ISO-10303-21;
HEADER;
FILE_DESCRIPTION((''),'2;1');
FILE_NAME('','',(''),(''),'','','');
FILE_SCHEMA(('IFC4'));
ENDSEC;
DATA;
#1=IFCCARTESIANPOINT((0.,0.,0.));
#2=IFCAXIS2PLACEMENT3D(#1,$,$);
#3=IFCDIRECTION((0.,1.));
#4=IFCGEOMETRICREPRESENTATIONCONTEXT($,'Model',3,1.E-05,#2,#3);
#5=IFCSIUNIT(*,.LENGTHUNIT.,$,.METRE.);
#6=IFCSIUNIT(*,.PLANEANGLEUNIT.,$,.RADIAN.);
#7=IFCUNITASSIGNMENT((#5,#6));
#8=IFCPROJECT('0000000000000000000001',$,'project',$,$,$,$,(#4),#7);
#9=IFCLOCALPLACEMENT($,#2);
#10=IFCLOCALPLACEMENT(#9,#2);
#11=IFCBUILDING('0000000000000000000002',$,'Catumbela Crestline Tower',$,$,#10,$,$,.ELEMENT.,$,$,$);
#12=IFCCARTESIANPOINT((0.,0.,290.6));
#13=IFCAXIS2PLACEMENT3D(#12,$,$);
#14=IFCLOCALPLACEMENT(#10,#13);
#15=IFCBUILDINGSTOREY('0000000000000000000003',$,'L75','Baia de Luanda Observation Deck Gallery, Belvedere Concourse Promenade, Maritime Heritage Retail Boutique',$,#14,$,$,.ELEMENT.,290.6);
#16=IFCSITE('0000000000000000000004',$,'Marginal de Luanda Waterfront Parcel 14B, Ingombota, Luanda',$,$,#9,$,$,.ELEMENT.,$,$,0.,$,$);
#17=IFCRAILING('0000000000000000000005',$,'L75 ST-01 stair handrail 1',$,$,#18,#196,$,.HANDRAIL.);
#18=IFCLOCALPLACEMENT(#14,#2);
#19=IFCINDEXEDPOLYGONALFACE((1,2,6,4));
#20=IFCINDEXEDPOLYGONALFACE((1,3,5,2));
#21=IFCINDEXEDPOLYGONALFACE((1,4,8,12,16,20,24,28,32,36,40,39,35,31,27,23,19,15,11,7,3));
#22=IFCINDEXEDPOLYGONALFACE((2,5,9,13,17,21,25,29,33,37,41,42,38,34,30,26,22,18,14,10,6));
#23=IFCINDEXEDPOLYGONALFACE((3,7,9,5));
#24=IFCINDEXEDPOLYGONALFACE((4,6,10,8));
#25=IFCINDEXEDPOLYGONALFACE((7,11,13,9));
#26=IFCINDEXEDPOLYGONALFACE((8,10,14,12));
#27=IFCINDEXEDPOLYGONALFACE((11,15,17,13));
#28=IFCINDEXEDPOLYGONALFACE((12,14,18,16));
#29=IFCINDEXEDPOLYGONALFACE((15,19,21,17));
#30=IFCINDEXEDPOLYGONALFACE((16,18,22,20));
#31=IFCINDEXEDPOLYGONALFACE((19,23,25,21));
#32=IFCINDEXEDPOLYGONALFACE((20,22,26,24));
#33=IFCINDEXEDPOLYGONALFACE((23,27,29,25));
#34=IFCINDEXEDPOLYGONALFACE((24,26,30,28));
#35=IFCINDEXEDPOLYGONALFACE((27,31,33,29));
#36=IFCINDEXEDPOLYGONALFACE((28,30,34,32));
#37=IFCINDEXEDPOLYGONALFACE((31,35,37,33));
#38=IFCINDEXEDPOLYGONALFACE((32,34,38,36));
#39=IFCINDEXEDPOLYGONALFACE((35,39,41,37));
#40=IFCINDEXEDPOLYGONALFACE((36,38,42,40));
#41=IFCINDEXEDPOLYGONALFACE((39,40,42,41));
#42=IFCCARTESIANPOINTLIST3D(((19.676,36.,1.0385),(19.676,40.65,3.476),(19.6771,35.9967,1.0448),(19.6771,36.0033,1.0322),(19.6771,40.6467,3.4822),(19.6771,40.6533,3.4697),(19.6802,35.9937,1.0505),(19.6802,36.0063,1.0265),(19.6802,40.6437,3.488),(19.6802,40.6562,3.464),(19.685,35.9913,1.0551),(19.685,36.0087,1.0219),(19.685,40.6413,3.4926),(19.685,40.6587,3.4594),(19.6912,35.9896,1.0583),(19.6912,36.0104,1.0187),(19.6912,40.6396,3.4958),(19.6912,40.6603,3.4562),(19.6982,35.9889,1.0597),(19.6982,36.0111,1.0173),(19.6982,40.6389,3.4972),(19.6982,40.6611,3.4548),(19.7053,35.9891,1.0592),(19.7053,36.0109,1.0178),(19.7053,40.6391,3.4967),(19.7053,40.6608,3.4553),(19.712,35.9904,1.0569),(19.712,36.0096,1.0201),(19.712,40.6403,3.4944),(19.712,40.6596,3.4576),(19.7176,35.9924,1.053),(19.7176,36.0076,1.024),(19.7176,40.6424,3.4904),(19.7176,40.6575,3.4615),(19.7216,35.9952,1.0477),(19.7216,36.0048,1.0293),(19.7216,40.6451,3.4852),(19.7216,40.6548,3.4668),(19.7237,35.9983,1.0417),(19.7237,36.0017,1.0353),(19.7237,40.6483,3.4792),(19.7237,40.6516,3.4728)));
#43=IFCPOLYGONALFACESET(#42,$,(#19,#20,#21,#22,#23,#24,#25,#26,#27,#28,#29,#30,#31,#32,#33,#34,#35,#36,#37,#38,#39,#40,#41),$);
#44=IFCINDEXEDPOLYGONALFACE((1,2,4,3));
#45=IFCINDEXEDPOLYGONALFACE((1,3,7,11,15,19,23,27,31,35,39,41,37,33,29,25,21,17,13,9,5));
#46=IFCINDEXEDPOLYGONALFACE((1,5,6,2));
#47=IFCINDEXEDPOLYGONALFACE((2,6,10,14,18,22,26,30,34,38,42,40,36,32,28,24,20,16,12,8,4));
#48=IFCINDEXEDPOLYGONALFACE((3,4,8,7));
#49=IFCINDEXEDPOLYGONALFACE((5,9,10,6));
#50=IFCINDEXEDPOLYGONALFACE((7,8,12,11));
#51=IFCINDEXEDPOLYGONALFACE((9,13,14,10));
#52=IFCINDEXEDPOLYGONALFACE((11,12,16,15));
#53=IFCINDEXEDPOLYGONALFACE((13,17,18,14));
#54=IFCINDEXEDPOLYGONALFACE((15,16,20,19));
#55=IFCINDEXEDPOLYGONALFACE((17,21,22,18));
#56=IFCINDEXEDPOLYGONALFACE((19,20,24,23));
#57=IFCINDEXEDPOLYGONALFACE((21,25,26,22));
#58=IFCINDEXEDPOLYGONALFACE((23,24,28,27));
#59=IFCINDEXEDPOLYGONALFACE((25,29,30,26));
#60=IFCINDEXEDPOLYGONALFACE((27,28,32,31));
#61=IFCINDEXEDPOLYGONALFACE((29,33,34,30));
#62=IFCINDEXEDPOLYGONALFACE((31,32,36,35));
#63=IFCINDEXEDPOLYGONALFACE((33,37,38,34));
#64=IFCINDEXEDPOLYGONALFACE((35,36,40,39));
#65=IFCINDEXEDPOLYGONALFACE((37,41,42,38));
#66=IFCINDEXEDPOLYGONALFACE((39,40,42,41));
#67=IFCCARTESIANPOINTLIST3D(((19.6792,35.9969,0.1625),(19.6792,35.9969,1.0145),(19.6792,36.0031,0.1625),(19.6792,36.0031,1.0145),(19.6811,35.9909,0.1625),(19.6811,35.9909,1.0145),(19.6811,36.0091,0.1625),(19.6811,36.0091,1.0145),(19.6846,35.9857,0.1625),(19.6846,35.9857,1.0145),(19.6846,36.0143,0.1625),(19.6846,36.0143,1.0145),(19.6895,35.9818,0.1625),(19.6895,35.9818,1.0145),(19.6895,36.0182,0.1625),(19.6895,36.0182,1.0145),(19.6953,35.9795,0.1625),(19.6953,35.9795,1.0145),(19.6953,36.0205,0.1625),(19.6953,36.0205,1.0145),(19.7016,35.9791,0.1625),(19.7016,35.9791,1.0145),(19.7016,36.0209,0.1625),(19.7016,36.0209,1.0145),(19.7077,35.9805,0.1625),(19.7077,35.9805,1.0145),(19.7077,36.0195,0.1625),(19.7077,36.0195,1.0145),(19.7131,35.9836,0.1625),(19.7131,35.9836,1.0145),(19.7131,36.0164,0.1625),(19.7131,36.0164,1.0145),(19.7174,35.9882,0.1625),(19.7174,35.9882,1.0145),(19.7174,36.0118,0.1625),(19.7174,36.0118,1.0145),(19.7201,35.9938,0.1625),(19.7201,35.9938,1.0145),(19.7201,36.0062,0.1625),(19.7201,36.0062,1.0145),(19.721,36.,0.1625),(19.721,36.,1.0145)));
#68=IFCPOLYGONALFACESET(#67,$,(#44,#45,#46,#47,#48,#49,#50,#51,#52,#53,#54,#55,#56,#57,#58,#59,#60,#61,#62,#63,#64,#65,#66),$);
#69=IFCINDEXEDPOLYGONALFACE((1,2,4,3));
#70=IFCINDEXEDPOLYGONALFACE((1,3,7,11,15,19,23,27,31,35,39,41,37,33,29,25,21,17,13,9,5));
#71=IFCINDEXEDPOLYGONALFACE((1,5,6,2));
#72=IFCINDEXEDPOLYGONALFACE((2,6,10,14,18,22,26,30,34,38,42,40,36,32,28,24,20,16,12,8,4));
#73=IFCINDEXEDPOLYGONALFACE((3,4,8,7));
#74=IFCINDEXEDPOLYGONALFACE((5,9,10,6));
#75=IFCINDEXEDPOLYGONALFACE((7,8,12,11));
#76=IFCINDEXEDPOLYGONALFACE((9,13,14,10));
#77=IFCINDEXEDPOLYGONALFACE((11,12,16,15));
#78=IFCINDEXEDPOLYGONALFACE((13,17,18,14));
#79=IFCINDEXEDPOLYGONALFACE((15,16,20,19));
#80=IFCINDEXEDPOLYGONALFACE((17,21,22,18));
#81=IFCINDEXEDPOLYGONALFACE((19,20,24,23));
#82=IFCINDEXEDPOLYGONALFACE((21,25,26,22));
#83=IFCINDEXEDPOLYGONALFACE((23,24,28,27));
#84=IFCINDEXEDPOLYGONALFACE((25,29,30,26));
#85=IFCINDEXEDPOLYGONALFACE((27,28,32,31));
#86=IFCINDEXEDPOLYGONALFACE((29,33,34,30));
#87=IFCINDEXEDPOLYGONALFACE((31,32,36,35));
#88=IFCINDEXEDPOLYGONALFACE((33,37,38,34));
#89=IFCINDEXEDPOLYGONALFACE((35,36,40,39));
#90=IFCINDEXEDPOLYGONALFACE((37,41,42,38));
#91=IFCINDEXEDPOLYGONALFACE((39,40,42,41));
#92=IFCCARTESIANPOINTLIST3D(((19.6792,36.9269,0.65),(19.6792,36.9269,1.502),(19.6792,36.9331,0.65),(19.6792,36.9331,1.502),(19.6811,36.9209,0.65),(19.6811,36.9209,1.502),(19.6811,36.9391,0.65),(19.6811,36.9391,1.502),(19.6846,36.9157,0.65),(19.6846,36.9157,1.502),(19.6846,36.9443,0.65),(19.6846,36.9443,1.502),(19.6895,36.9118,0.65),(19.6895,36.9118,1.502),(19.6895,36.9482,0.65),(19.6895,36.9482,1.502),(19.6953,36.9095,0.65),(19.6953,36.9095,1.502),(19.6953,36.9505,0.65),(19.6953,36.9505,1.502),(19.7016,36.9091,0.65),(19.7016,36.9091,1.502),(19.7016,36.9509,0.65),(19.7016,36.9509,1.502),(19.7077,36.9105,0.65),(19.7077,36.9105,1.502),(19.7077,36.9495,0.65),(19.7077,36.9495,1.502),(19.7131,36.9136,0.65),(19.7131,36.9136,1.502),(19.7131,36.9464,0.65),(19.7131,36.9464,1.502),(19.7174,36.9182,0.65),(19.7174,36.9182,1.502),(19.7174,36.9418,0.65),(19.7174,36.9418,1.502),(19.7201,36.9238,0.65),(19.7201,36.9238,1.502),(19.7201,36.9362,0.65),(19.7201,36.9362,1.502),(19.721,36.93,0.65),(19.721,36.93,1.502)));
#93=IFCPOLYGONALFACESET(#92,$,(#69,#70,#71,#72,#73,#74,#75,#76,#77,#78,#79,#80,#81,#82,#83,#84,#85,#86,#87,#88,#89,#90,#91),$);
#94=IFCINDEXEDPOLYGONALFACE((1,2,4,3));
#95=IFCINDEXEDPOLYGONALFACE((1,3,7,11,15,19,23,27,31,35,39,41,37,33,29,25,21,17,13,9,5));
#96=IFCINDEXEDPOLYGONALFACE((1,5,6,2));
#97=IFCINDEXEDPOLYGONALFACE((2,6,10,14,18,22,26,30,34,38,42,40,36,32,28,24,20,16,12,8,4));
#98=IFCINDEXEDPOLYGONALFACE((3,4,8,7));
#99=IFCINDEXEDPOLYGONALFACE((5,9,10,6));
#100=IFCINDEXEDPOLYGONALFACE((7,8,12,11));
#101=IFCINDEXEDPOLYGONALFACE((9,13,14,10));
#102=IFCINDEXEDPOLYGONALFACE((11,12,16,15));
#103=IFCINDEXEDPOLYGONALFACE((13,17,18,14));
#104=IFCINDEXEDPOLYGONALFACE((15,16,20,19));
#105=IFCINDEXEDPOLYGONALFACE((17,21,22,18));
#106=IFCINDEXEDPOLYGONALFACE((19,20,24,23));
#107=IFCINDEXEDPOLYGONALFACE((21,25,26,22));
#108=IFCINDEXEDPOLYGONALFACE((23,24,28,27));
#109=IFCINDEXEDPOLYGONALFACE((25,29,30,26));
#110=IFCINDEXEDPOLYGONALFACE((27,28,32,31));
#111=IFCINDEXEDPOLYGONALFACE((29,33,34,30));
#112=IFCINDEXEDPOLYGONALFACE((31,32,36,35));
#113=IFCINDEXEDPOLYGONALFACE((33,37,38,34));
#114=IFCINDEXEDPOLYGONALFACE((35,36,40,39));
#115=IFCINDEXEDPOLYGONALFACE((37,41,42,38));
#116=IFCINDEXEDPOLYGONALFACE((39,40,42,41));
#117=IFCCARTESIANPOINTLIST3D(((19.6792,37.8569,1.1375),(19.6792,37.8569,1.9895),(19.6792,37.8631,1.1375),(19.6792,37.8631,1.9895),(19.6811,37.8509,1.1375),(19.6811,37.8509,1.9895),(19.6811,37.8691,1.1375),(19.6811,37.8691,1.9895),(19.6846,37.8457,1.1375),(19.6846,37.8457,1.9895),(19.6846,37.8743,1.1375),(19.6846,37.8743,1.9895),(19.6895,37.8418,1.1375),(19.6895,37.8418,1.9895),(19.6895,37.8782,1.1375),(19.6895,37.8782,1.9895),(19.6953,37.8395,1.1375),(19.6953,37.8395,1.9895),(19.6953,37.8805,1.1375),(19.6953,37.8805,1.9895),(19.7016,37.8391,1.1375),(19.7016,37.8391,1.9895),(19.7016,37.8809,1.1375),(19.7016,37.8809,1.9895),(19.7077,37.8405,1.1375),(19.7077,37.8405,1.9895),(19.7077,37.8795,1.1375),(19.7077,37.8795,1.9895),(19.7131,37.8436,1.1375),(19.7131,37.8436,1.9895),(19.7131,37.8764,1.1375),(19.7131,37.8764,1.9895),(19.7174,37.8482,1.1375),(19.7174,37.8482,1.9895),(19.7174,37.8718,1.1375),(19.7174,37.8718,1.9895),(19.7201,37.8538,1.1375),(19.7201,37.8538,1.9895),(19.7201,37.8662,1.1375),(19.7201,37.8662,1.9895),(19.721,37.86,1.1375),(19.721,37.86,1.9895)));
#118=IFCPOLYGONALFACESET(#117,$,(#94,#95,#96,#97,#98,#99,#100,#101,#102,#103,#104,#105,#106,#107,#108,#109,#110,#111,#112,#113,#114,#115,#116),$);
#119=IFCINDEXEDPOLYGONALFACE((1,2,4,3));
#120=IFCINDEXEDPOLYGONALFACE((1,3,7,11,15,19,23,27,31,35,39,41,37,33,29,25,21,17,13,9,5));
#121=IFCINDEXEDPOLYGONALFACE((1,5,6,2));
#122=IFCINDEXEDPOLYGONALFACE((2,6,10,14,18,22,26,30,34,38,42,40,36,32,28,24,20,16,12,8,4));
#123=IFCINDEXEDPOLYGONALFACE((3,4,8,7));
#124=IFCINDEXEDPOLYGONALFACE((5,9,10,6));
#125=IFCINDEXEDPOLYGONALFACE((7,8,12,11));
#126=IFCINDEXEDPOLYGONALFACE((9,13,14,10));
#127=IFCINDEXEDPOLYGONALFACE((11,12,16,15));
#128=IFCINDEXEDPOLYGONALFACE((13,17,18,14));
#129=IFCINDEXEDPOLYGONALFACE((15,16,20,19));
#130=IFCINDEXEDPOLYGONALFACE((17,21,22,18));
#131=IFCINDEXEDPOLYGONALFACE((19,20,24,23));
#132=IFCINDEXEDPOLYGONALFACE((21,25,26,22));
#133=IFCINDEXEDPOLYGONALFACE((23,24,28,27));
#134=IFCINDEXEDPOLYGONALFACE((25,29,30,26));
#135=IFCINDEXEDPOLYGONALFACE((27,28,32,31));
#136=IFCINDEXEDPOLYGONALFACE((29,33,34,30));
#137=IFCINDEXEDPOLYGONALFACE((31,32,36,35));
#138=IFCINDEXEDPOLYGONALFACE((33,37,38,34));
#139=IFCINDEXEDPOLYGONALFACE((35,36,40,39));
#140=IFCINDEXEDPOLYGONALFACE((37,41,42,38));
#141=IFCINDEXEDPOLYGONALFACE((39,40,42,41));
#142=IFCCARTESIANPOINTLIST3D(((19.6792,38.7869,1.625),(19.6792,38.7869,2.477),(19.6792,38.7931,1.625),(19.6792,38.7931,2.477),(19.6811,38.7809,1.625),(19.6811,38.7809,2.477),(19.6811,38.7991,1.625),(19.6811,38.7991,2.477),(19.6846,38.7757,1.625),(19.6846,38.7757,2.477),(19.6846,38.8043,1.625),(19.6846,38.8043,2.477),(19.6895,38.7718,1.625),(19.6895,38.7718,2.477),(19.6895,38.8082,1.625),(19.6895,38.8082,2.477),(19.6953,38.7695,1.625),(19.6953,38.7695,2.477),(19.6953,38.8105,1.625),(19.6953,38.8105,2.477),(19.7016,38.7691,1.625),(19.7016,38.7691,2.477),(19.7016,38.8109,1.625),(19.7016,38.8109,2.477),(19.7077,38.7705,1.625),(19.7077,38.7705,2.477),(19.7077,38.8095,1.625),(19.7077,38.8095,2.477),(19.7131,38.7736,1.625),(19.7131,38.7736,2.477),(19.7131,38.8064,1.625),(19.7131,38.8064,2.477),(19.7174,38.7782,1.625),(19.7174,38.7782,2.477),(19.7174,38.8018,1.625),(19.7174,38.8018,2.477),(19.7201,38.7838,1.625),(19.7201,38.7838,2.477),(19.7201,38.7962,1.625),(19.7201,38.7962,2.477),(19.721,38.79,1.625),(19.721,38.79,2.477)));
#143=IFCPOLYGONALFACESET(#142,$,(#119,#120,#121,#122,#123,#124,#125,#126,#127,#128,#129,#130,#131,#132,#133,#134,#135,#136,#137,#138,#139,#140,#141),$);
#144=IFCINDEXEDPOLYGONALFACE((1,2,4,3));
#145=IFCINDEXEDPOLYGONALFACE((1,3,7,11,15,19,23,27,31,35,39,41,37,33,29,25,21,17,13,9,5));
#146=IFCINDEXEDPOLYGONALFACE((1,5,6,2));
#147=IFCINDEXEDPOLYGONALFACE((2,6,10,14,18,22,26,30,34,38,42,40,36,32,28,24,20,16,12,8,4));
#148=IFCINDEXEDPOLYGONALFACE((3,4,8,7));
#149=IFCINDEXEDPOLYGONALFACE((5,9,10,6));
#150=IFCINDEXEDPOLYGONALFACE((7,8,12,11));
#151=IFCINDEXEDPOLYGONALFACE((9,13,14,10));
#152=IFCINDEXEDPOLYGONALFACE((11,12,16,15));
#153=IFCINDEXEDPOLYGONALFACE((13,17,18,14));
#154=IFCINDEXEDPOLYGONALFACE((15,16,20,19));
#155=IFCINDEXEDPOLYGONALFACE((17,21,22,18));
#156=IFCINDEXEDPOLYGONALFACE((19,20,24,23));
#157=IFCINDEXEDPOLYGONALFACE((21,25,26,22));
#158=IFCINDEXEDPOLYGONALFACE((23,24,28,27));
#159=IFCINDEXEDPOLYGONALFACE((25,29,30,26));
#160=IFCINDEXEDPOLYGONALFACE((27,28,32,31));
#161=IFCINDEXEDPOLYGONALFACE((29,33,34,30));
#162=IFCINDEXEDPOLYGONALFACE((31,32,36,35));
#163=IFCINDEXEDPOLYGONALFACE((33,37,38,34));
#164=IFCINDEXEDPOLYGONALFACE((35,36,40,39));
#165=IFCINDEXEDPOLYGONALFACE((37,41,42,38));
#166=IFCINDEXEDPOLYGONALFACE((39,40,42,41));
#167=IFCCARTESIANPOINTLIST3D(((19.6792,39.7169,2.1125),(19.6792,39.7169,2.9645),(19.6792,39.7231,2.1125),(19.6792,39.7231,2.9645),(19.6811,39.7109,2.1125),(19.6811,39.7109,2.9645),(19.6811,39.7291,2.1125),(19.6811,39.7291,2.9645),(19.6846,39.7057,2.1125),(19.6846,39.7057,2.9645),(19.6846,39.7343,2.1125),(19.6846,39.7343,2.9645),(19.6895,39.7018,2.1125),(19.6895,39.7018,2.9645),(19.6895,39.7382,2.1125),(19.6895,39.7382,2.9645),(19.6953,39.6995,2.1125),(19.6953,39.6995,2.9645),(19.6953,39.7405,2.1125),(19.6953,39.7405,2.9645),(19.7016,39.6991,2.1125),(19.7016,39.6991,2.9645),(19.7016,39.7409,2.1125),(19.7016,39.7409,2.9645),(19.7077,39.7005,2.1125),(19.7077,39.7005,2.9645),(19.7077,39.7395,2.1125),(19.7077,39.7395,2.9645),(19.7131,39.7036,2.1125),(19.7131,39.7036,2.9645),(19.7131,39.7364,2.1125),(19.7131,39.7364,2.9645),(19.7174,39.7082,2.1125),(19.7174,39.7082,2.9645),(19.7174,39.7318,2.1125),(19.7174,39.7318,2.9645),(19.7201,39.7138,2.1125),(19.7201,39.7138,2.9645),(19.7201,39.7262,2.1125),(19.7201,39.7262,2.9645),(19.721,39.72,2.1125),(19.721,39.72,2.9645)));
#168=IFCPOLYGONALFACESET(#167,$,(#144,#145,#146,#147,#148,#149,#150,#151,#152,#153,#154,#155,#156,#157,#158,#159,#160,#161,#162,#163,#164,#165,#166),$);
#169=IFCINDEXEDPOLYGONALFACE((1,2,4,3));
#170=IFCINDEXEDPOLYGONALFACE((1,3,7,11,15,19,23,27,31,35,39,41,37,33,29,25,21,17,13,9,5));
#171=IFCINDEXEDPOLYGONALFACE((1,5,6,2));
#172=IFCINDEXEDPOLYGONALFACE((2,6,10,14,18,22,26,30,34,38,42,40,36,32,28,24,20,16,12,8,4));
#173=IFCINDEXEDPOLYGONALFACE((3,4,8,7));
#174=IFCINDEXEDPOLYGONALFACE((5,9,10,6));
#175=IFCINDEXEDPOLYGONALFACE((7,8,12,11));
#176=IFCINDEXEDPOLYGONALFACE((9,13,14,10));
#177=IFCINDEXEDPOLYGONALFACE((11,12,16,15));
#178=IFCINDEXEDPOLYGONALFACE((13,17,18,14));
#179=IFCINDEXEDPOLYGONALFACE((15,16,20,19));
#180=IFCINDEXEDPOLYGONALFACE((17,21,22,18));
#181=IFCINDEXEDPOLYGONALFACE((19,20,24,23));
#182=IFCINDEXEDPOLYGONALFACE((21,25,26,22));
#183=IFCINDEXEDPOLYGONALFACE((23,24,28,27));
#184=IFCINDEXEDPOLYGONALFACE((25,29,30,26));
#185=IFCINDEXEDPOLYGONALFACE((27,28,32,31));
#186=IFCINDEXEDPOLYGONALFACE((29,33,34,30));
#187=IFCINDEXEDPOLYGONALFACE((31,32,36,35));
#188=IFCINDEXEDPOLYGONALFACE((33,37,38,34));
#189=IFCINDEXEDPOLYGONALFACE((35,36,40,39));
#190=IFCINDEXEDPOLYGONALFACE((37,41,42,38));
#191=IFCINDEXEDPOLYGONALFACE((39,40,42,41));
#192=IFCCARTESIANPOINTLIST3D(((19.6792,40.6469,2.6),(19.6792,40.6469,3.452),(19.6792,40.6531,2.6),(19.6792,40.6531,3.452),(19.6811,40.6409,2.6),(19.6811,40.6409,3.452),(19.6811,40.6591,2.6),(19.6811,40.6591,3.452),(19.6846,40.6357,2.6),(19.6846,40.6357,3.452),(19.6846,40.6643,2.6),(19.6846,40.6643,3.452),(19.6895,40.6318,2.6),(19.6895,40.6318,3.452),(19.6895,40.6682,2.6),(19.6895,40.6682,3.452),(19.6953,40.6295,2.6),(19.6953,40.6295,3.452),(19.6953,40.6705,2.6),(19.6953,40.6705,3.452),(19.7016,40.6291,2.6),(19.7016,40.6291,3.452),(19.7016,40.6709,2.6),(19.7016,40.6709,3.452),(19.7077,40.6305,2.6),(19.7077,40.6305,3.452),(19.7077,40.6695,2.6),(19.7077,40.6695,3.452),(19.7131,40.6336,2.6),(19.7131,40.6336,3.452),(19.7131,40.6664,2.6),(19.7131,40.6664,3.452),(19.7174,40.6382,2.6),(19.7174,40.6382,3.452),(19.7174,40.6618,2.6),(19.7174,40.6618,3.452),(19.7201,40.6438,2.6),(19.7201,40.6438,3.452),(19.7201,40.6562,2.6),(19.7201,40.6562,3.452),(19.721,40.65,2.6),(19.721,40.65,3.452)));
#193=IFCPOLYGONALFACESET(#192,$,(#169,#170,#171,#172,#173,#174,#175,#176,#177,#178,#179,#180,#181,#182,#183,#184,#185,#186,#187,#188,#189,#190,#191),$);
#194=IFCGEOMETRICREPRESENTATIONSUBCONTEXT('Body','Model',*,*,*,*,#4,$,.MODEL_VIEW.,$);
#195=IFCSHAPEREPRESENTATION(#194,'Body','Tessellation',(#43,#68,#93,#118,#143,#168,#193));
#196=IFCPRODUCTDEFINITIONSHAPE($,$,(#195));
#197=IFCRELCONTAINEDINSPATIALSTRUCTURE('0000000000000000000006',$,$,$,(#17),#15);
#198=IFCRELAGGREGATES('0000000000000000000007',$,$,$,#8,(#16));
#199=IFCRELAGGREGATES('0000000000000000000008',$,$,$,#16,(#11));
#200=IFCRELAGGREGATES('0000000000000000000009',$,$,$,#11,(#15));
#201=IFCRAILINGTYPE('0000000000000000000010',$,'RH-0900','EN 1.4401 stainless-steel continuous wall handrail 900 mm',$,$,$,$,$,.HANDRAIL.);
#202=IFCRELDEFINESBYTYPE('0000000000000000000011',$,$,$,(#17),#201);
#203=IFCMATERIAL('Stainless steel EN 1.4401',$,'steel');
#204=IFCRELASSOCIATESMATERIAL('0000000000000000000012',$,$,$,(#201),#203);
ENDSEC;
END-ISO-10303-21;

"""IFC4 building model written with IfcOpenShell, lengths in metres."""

from ifc_helpers import new_model, si_unit, direction, frame, origin, origin_2d, place, context, subcontext, project, spatial, circle, extrude, material, type_object, element, save


model = new_model("IFC4")

# Units and contexts
model_context = context("Model", 3, precision=1e-05, world=origin(), true_north=direction((0.0, 1.0)))
body_context = subcontext(model_context, "Body", "Model", "MODEL_VIEW")
ifc_project = project(units=[si_unit("LENGTHUNIT", "METRE"), si_unit("PLANEANGLEUNIT", "RADIAN")], contexts=[model_context])

# Site, building, storey
site_placement = place(None, origin())
site = spatial("IfcSite", under=ifc_project, at=site_placement, Name="Marginal de Luanda Waterfront Parcel 14B, Ingombota, Luanda", CompositionType="ELEMENT", RefElevation=0.0)
building_placement = place(site_placement, origin())
building = spatial("IfcBuilding", under=site, at=building_placement, Name="Catumbela Crestline Tower", CompositionType="ELEMENT")
storey_placement = place(building_placement, frame((0.0, 0.0, 290.6)))
storey = spatial("IfcBuildingStorey", under=building, at=storey_placement, Name="L75", Description="Baia de Luanda Observation Deck Gallery, Belvedere Concourse Promenade, Maritime Heritage Retail Boutique", CompositionType="ELEMENT", Elevation=290.6)

# Shared definitions
ifc_material_1 = material(Name="Stainless steel EN 1.4401", Category="steel")

# Railing
railing_type_1 = type_object("IfcRailingType", Name="RH-0900", Description="EN 1.4401 stainless-steel continuous wall handrail 900 mm", PredefinedType="HANDRAIL", material=ifc_material_1)
railing_1_placement = place(storey_placement, frame((19.7, 36.0, 0.1625)))
element("IfcRailing", 1, at=railing_1_placement, inside=storey, type_object=railing_type_1, Name="L75 ST-01 stair handrail 1", PredefinedType="HANDRAIL", context=body_context, shape_type="SweptSolid", body=[
    extrude(circle(Radius=0.024, at=origin_2d()), frame((0.0, 0.0, 0.876), z_axis=(0.0, 0.885692, 0.464274), x_axis=(-1.0, 0.0, 0.0)), (0.0, 0.0, 1.0), 5.2501),
    extrude(circle(Radius=0.021, at=origin_2d()), origin(), (0.0, 0.0, 1.0), 0.852),
    extrude(circle(Radius=0.021, at=origin_2d()), frame((0.0, 0.93, 0.4875)), (0.0, 0.0, 1.0), 0.852),
    extrude(circle(Radius=0.021, at=origin_2d()), frame((0.0, 1.86, 0.975)), (0.0, 0.0, 1.0), 0.852),
    extrude(circle(Radius=0.021, at=origin_2d()), frame((0.0, 2.79, 1.4625)), (0.0, 0.0, 1.0), 0.852),
    extrude(circle(Radius=0.021, at=origin_2d()), frame((0.0, 3.72, 1.95)), (0.0, 0.0, 1.0), 0.852),
    extrude(circle(Radius=0.021, at=origin_2d()), frame((0.0, 4.65, 2.4375)), (0.0, 0.0, 1.0), 0.852),
])

save(model, "model.ifc")
